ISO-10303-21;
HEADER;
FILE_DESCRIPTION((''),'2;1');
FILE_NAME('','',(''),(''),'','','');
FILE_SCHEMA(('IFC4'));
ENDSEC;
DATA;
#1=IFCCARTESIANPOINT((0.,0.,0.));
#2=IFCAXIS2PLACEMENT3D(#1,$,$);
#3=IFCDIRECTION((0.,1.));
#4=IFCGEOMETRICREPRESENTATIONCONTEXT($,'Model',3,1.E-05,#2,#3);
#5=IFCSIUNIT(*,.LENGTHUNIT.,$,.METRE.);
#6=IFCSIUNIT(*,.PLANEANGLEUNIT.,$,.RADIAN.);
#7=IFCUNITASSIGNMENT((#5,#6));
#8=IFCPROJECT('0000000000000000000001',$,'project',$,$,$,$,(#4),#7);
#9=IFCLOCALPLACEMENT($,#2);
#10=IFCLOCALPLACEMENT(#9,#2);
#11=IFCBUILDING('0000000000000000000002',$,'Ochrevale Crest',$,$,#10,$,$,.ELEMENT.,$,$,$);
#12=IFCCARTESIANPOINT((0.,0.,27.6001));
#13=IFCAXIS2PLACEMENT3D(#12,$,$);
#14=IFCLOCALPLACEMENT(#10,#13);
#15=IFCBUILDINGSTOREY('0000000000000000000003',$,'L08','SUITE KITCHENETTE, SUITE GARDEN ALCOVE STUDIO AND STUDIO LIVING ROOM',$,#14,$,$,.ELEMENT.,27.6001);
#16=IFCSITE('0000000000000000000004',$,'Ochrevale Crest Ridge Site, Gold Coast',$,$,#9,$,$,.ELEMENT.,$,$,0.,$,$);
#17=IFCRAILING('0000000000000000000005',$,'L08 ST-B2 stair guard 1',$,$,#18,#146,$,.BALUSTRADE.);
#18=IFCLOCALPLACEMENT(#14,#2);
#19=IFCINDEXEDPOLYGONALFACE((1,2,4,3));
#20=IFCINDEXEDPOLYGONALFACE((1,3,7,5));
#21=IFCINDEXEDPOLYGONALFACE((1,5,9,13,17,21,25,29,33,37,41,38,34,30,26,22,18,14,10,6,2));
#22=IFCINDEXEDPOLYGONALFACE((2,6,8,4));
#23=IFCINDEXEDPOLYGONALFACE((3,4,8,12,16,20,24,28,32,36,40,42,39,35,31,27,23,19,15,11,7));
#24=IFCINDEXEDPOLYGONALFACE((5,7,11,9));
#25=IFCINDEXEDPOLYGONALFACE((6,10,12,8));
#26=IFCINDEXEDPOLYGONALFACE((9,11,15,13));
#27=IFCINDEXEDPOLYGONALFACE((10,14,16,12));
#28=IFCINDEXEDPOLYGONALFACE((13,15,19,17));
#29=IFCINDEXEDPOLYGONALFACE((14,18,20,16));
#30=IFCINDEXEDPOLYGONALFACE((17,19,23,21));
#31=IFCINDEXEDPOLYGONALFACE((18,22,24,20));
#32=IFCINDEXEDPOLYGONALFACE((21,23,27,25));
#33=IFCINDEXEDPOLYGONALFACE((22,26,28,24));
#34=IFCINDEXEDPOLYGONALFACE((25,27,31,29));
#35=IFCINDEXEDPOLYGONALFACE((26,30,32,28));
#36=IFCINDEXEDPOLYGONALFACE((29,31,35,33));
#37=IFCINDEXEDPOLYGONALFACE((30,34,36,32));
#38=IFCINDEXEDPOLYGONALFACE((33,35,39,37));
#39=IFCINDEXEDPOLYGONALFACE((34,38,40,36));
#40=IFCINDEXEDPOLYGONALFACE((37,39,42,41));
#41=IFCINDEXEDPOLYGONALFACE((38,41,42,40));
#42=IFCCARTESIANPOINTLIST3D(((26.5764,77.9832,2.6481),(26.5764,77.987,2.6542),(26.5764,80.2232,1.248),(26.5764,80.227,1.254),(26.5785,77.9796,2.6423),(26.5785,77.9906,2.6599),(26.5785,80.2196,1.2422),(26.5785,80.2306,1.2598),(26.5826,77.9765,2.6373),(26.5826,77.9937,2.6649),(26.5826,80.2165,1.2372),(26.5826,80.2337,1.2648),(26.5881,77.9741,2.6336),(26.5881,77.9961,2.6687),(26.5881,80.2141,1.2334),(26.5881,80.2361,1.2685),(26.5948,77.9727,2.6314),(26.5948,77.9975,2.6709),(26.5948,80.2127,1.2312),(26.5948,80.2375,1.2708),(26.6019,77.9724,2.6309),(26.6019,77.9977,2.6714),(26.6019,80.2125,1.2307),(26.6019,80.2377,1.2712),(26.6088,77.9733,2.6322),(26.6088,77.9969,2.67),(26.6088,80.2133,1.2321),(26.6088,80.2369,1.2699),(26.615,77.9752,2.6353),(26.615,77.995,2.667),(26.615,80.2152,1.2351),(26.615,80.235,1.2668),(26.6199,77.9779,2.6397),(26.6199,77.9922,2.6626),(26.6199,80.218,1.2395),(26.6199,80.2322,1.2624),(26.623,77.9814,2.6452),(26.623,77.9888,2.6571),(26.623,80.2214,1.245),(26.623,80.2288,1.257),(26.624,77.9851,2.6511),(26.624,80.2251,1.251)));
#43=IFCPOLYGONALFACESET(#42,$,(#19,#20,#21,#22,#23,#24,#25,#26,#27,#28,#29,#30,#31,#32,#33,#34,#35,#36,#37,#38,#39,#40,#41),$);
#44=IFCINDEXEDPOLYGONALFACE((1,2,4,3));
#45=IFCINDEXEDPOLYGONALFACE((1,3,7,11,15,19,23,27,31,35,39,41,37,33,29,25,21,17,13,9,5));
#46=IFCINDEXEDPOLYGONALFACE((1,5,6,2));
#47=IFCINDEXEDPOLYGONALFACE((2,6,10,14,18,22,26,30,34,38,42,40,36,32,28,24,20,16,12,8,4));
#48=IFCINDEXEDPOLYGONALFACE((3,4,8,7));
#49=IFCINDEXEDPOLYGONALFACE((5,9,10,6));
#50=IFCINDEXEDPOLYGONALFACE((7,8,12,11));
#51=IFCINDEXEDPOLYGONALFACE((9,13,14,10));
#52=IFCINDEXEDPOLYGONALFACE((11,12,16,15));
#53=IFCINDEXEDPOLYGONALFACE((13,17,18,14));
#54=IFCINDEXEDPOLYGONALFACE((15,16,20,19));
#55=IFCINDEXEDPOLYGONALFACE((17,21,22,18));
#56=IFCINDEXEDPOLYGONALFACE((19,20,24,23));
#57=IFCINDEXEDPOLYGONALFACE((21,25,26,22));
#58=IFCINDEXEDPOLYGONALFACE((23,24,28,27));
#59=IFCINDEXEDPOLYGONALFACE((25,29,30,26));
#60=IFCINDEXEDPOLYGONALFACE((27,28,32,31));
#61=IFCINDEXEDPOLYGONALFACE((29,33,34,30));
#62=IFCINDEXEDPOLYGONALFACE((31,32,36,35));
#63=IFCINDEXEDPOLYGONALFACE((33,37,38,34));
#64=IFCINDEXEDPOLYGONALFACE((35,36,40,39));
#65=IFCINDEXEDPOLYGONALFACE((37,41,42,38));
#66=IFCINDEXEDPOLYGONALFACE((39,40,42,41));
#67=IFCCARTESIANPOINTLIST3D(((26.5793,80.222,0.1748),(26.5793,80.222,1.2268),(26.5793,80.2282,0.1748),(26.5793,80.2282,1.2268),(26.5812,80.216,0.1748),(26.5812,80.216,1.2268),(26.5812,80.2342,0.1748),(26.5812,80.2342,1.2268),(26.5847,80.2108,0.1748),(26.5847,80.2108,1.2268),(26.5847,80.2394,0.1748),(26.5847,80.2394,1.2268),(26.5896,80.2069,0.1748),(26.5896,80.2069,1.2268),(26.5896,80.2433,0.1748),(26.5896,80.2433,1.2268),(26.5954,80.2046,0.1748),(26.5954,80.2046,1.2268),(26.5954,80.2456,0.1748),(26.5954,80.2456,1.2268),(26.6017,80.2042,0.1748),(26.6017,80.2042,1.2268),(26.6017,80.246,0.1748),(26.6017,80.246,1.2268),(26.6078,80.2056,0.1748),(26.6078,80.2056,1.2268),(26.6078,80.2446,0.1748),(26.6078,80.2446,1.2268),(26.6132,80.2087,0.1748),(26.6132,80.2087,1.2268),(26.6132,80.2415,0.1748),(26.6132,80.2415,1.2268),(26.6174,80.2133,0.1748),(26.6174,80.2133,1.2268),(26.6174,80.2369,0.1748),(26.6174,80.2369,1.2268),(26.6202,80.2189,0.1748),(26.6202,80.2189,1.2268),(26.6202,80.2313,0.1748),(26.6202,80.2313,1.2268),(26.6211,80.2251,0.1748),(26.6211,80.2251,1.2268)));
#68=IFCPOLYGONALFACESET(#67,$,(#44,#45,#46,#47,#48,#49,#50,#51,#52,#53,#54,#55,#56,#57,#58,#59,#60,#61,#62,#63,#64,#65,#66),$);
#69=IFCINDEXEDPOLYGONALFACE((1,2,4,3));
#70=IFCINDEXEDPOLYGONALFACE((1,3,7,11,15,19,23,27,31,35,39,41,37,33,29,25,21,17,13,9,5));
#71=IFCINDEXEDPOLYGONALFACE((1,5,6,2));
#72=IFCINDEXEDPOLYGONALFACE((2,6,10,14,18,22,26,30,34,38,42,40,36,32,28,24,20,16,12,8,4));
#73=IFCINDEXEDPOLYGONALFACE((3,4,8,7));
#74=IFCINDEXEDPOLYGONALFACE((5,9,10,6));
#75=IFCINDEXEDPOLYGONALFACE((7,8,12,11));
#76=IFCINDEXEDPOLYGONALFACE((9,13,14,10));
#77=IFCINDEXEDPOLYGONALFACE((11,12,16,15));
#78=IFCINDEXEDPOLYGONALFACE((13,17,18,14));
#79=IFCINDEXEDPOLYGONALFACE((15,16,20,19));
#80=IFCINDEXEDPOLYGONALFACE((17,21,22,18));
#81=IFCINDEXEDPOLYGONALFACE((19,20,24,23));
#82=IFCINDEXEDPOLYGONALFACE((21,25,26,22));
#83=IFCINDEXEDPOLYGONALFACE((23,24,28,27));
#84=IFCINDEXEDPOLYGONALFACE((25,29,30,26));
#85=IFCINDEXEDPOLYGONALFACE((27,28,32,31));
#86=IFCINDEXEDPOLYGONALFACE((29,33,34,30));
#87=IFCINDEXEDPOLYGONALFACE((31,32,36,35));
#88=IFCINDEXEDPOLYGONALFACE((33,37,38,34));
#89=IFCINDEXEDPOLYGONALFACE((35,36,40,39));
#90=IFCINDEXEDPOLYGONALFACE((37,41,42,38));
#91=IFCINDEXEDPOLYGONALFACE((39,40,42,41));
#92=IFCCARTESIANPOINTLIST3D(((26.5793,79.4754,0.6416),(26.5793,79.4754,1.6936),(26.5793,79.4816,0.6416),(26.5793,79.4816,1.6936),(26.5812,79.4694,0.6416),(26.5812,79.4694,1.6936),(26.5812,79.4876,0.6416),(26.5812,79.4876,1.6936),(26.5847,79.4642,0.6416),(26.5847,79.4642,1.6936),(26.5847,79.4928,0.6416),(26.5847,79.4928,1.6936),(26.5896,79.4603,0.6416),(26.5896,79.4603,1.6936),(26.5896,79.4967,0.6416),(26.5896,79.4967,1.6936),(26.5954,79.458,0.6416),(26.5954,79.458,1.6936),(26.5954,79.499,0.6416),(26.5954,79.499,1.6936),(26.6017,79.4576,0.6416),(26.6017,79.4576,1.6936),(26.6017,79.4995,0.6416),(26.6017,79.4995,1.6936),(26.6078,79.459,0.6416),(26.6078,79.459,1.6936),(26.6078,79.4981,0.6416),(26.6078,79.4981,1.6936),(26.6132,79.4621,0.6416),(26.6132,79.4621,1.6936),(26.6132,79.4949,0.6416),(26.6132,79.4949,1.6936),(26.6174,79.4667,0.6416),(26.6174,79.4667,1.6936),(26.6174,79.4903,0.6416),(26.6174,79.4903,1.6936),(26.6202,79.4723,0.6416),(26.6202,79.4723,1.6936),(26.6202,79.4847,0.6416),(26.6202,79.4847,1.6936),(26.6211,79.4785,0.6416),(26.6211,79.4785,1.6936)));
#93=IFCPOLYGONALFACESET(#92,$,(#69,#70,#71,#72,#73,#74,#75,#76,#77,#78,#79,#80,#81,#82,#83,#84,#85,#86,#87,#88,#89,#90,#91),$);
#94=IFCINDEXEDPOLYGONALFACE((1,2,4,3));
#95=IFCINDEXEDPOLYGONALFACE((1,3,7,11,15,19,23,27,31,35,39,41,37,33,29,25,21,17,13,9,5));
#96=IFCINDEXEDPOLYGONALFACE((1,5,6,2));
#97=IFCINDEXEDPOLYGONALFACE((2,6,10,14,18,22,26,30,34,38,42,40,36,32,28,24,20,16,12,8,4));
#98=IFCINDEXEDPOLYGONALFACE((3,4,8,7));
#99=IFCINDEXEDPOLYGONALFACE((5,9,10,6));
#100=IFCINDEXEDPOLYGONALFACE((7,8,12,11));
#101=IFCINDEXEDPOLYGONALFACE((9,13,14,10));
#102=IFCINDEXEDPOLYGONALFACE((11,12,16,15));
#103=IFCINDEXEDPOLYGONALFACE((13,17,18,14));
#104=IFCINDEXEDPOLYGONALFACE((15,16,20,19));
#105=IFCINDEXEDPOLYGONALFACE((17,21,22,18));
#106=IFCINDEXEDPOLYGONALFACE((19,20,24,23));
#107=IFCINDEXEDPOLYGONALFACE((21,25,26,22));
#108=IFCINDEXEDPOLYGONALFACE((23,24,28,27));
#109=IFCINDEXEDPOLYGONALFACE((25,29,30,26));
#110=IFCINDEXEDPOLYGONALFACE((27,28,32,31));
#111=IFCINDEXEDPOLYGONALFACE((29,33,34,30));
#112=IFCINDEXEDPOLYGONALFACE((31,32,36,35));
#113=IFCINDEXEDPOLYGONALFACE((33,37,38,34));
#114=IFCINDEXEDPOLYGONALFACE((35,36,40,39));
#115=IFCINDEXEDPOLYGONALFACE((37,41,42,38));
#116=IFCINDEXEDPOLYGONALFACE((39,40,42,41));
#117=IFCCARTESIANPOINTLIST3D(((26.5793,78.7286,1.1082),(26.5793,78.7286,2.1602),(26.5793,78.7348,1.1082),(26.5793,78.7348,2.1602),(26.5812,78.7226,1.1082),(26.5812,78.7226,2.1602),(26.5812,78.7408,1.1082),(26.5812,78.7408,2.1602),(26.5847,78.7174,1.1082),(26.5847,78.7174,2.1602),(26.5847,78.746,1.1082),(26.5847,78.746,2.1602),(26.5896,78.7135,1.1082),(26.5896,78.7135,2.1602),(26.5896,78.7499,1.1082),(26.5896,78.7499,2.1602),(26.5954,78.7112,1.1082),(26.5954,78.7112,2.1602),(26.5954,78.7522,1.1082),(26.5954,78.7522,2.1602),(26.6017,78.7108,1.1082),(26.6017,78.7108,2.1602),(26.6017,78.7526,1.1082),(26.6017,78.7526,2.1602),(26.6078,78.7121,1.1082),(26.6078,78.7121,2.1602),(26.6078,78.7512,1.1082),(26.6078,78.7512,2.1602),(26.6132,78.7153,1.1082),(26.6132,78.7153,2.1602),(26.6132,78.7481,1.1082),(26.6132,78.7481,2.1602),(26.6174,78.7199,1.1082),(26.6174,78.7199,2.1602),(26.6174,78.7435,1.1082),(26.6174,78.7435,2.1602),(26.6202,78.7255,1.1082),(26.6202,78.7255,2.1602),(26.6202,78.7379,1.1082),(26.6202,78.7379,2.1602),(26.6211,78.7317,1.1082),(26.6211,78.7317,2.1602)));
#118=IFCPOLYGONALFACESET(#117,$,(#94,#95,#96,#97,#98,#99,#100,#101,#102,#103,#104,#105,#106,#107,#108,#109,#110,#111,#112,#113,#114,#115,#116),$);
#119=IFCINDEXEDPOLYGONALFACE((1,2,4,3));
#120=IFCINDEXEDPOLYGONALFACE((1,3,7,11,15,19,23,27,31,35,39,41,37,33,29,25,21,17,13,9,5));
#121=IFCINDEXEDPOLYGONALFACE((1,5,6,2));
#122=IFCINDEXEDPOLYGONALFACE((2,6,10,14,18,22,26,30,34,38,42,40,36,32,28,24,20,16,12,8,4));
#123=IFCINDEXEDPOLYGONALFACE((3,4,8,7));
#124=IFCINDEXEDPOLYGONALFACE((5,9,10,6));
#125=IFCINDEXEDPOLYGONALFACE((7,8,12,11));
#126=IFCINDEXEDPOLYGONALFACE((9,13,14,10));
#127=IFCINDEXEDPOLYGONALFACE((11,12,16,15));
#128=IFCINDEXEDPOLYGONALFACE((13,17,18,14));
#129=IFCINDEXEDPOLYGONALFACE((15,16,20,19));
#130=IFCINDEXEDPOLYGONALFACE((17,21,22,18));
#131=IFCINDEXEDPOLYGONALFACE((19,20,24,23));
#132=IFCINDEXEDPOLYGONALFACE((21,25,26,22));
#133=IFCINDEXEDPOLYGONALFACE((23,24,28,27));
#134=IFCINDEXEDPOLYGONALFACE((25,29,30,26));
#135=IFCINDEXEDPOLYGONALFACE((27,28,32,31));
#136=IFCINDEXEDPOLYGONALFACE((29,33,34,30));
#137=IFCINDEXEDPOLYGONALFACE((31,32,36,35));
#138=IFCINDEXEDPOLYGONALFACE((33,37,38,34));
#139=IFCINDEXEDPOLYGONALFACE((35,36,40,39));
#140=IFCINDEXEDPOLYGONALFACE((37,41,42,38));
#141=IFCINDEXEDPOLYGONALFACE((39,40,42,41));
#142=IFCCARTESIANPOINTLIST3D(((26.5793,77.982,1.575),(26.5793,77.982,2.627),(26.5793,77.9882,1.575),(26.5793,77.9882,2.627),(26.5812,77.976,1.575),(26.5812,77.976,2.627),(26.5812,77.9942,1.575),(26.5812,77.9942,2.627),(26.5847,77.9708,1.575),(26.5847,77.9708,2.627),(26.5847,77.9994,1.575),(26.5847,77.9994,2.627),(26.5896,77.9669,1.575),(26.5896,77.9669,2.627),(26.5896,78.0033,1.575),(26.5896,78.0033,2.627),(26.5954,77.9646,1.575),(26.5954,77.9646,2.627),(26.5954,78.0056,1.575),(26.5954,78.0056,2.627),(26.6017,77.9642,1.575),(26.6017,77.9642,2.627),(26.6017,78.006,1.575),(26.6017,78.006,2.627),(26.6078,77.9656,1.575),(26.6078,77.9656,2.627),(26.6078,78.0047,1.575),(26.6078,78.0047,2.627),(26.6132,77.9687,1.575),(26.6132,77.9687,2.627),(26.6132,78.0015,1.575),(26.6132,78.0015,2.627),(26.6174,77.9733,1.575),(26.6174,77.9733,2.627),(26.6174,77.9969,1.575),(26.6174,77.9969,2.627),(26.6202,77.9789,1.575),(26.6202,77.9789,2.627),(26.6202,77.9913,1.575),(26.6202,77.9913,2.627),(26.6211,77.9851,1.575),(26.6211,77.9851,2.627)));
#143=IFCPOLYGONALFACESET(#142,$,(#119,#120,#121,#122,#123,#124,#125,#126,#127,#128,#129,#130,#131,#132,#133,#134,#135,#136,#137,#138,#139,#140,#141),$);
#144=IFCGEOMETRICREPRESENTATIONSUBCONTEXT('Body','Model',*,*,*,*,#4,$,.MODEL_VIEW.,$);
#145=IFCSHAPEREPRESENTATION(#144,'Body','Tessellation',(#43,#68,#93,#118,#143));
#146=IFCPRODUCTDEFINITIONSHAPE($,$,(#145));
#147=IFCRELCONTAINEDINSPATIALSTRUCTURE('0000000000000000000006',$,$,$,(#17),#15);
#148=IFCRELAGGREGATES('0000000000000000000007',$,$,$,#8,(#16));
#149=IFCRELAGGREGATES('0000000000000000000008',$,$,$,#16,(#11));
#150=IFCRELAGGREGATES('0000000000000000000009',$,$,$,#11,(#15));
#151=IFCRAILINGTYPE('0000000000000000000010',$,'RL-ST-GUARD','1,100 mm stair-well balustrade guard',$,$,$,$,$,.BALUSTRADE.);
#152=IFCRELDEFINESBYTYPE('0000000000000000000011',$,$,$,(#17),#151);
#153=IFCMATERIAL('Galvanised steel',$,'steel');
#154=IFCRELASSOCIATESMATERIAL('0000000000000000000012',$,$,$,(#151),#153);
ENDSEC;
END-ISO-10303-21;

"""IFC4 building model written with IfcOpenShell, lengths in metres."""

from ifc_helpers import new_model, si_unit, direction, frame, origin, origin_2d, place, context, subcontext, project, spatial, circle, extrude, material, type_object, element, save


model = new_model("IFC4")

# Units and contexts
model_context = context("Model", 3, precision=1e-05, world=origin(), true_north=direction((0.0, 1.0)))
body_context = subcontext(model_context, "Body", "Model", "MODEL_VIEW")
ifc_project = project(units=[si_unit("LENGTHUNIT", "METRE"), si_unit("PLANEANGLEUNIT", "RADIAN")], contexts=[model_context])

# Site, building, storey
site_placement = place(None, origin())
site = spatial("IfcSite", under=ifc_project, at=site_placement, Name="Ochrevale Crest Ridge Site, Gold Coast", CompositionType="ELEMENT", RefElevation=0.0)
building_placement = place(site_placement, origin())
building = spatial("IfcBuilding", under=site, at=building_placement, Name="Ochrevale Crest", CompositionType="ELEMENT")
storey_placement = place(building_placement, frame((0.0, 0.0, 27.6001)))
storey = spatial("IfcBuildingStorey", under=building, at=storey_placement, Name="L08", Description="SUITE KITCHENETTE, SUITE GARDEN ALCOVE STUDIO AND STUDIO LIVING ROOM", CompositionType="ELEMENT", Elevation=27.6001)

# Railing
ifc_material_1 = material(Name="Galvanised steel", Category="steel")
railing_type_1 = type_object("IfcRailingType", Name="RL-ST-GUARD", Description="1,100 mm stair-well balustrade guard", PredefinedType="BALUSTRADE", material=ifc_material_1)
railing_1_placement = place(storey_placement, frame((26.6001, 80.2251, 0.1748)))
element("IfcRailing", 1, at=railing_1_placement, inside=storey, type_object=railing_type_1, Name="L08 ST-B2 stair guard 1", PredefinedType="BALUSTRADE", context=body_context, shape_type="SweptSolid", body=[
    extrude(circle(Radius=0.0239, at=origin_2d()), frame((0.0, 0.0, 1.0762), z_axis=(0.0, -0.847972, 0.53004), x_axis=(1.0, 0.0, 0.0)), (0.0, 0.0, 1.0), 2.6416),
    extrude(circle(Radius=0.021, at=origin_2d()), origin(), (0.0, 0.0, 1.0), 1.052),
    extrude(circle(Radius=0.021, at=origin_2d()), frame((0.0, -0.7466, 0.4668)), (0.0, 0.0, 1.0), 1.052),
    extrude(circle(Radius=0.021, at=origin_2d()), frame((0.0, -1.4934, 0.9333)), (0.0, 0.0, 1.0), 1.052),
    extrude(circle(Radius=0.021, at=origin_2d()), frame((0.0, -2.24, 1.4001)), (0.0, 0.0, 1.0), 1.052),
])

save(model, "model.ifc")
